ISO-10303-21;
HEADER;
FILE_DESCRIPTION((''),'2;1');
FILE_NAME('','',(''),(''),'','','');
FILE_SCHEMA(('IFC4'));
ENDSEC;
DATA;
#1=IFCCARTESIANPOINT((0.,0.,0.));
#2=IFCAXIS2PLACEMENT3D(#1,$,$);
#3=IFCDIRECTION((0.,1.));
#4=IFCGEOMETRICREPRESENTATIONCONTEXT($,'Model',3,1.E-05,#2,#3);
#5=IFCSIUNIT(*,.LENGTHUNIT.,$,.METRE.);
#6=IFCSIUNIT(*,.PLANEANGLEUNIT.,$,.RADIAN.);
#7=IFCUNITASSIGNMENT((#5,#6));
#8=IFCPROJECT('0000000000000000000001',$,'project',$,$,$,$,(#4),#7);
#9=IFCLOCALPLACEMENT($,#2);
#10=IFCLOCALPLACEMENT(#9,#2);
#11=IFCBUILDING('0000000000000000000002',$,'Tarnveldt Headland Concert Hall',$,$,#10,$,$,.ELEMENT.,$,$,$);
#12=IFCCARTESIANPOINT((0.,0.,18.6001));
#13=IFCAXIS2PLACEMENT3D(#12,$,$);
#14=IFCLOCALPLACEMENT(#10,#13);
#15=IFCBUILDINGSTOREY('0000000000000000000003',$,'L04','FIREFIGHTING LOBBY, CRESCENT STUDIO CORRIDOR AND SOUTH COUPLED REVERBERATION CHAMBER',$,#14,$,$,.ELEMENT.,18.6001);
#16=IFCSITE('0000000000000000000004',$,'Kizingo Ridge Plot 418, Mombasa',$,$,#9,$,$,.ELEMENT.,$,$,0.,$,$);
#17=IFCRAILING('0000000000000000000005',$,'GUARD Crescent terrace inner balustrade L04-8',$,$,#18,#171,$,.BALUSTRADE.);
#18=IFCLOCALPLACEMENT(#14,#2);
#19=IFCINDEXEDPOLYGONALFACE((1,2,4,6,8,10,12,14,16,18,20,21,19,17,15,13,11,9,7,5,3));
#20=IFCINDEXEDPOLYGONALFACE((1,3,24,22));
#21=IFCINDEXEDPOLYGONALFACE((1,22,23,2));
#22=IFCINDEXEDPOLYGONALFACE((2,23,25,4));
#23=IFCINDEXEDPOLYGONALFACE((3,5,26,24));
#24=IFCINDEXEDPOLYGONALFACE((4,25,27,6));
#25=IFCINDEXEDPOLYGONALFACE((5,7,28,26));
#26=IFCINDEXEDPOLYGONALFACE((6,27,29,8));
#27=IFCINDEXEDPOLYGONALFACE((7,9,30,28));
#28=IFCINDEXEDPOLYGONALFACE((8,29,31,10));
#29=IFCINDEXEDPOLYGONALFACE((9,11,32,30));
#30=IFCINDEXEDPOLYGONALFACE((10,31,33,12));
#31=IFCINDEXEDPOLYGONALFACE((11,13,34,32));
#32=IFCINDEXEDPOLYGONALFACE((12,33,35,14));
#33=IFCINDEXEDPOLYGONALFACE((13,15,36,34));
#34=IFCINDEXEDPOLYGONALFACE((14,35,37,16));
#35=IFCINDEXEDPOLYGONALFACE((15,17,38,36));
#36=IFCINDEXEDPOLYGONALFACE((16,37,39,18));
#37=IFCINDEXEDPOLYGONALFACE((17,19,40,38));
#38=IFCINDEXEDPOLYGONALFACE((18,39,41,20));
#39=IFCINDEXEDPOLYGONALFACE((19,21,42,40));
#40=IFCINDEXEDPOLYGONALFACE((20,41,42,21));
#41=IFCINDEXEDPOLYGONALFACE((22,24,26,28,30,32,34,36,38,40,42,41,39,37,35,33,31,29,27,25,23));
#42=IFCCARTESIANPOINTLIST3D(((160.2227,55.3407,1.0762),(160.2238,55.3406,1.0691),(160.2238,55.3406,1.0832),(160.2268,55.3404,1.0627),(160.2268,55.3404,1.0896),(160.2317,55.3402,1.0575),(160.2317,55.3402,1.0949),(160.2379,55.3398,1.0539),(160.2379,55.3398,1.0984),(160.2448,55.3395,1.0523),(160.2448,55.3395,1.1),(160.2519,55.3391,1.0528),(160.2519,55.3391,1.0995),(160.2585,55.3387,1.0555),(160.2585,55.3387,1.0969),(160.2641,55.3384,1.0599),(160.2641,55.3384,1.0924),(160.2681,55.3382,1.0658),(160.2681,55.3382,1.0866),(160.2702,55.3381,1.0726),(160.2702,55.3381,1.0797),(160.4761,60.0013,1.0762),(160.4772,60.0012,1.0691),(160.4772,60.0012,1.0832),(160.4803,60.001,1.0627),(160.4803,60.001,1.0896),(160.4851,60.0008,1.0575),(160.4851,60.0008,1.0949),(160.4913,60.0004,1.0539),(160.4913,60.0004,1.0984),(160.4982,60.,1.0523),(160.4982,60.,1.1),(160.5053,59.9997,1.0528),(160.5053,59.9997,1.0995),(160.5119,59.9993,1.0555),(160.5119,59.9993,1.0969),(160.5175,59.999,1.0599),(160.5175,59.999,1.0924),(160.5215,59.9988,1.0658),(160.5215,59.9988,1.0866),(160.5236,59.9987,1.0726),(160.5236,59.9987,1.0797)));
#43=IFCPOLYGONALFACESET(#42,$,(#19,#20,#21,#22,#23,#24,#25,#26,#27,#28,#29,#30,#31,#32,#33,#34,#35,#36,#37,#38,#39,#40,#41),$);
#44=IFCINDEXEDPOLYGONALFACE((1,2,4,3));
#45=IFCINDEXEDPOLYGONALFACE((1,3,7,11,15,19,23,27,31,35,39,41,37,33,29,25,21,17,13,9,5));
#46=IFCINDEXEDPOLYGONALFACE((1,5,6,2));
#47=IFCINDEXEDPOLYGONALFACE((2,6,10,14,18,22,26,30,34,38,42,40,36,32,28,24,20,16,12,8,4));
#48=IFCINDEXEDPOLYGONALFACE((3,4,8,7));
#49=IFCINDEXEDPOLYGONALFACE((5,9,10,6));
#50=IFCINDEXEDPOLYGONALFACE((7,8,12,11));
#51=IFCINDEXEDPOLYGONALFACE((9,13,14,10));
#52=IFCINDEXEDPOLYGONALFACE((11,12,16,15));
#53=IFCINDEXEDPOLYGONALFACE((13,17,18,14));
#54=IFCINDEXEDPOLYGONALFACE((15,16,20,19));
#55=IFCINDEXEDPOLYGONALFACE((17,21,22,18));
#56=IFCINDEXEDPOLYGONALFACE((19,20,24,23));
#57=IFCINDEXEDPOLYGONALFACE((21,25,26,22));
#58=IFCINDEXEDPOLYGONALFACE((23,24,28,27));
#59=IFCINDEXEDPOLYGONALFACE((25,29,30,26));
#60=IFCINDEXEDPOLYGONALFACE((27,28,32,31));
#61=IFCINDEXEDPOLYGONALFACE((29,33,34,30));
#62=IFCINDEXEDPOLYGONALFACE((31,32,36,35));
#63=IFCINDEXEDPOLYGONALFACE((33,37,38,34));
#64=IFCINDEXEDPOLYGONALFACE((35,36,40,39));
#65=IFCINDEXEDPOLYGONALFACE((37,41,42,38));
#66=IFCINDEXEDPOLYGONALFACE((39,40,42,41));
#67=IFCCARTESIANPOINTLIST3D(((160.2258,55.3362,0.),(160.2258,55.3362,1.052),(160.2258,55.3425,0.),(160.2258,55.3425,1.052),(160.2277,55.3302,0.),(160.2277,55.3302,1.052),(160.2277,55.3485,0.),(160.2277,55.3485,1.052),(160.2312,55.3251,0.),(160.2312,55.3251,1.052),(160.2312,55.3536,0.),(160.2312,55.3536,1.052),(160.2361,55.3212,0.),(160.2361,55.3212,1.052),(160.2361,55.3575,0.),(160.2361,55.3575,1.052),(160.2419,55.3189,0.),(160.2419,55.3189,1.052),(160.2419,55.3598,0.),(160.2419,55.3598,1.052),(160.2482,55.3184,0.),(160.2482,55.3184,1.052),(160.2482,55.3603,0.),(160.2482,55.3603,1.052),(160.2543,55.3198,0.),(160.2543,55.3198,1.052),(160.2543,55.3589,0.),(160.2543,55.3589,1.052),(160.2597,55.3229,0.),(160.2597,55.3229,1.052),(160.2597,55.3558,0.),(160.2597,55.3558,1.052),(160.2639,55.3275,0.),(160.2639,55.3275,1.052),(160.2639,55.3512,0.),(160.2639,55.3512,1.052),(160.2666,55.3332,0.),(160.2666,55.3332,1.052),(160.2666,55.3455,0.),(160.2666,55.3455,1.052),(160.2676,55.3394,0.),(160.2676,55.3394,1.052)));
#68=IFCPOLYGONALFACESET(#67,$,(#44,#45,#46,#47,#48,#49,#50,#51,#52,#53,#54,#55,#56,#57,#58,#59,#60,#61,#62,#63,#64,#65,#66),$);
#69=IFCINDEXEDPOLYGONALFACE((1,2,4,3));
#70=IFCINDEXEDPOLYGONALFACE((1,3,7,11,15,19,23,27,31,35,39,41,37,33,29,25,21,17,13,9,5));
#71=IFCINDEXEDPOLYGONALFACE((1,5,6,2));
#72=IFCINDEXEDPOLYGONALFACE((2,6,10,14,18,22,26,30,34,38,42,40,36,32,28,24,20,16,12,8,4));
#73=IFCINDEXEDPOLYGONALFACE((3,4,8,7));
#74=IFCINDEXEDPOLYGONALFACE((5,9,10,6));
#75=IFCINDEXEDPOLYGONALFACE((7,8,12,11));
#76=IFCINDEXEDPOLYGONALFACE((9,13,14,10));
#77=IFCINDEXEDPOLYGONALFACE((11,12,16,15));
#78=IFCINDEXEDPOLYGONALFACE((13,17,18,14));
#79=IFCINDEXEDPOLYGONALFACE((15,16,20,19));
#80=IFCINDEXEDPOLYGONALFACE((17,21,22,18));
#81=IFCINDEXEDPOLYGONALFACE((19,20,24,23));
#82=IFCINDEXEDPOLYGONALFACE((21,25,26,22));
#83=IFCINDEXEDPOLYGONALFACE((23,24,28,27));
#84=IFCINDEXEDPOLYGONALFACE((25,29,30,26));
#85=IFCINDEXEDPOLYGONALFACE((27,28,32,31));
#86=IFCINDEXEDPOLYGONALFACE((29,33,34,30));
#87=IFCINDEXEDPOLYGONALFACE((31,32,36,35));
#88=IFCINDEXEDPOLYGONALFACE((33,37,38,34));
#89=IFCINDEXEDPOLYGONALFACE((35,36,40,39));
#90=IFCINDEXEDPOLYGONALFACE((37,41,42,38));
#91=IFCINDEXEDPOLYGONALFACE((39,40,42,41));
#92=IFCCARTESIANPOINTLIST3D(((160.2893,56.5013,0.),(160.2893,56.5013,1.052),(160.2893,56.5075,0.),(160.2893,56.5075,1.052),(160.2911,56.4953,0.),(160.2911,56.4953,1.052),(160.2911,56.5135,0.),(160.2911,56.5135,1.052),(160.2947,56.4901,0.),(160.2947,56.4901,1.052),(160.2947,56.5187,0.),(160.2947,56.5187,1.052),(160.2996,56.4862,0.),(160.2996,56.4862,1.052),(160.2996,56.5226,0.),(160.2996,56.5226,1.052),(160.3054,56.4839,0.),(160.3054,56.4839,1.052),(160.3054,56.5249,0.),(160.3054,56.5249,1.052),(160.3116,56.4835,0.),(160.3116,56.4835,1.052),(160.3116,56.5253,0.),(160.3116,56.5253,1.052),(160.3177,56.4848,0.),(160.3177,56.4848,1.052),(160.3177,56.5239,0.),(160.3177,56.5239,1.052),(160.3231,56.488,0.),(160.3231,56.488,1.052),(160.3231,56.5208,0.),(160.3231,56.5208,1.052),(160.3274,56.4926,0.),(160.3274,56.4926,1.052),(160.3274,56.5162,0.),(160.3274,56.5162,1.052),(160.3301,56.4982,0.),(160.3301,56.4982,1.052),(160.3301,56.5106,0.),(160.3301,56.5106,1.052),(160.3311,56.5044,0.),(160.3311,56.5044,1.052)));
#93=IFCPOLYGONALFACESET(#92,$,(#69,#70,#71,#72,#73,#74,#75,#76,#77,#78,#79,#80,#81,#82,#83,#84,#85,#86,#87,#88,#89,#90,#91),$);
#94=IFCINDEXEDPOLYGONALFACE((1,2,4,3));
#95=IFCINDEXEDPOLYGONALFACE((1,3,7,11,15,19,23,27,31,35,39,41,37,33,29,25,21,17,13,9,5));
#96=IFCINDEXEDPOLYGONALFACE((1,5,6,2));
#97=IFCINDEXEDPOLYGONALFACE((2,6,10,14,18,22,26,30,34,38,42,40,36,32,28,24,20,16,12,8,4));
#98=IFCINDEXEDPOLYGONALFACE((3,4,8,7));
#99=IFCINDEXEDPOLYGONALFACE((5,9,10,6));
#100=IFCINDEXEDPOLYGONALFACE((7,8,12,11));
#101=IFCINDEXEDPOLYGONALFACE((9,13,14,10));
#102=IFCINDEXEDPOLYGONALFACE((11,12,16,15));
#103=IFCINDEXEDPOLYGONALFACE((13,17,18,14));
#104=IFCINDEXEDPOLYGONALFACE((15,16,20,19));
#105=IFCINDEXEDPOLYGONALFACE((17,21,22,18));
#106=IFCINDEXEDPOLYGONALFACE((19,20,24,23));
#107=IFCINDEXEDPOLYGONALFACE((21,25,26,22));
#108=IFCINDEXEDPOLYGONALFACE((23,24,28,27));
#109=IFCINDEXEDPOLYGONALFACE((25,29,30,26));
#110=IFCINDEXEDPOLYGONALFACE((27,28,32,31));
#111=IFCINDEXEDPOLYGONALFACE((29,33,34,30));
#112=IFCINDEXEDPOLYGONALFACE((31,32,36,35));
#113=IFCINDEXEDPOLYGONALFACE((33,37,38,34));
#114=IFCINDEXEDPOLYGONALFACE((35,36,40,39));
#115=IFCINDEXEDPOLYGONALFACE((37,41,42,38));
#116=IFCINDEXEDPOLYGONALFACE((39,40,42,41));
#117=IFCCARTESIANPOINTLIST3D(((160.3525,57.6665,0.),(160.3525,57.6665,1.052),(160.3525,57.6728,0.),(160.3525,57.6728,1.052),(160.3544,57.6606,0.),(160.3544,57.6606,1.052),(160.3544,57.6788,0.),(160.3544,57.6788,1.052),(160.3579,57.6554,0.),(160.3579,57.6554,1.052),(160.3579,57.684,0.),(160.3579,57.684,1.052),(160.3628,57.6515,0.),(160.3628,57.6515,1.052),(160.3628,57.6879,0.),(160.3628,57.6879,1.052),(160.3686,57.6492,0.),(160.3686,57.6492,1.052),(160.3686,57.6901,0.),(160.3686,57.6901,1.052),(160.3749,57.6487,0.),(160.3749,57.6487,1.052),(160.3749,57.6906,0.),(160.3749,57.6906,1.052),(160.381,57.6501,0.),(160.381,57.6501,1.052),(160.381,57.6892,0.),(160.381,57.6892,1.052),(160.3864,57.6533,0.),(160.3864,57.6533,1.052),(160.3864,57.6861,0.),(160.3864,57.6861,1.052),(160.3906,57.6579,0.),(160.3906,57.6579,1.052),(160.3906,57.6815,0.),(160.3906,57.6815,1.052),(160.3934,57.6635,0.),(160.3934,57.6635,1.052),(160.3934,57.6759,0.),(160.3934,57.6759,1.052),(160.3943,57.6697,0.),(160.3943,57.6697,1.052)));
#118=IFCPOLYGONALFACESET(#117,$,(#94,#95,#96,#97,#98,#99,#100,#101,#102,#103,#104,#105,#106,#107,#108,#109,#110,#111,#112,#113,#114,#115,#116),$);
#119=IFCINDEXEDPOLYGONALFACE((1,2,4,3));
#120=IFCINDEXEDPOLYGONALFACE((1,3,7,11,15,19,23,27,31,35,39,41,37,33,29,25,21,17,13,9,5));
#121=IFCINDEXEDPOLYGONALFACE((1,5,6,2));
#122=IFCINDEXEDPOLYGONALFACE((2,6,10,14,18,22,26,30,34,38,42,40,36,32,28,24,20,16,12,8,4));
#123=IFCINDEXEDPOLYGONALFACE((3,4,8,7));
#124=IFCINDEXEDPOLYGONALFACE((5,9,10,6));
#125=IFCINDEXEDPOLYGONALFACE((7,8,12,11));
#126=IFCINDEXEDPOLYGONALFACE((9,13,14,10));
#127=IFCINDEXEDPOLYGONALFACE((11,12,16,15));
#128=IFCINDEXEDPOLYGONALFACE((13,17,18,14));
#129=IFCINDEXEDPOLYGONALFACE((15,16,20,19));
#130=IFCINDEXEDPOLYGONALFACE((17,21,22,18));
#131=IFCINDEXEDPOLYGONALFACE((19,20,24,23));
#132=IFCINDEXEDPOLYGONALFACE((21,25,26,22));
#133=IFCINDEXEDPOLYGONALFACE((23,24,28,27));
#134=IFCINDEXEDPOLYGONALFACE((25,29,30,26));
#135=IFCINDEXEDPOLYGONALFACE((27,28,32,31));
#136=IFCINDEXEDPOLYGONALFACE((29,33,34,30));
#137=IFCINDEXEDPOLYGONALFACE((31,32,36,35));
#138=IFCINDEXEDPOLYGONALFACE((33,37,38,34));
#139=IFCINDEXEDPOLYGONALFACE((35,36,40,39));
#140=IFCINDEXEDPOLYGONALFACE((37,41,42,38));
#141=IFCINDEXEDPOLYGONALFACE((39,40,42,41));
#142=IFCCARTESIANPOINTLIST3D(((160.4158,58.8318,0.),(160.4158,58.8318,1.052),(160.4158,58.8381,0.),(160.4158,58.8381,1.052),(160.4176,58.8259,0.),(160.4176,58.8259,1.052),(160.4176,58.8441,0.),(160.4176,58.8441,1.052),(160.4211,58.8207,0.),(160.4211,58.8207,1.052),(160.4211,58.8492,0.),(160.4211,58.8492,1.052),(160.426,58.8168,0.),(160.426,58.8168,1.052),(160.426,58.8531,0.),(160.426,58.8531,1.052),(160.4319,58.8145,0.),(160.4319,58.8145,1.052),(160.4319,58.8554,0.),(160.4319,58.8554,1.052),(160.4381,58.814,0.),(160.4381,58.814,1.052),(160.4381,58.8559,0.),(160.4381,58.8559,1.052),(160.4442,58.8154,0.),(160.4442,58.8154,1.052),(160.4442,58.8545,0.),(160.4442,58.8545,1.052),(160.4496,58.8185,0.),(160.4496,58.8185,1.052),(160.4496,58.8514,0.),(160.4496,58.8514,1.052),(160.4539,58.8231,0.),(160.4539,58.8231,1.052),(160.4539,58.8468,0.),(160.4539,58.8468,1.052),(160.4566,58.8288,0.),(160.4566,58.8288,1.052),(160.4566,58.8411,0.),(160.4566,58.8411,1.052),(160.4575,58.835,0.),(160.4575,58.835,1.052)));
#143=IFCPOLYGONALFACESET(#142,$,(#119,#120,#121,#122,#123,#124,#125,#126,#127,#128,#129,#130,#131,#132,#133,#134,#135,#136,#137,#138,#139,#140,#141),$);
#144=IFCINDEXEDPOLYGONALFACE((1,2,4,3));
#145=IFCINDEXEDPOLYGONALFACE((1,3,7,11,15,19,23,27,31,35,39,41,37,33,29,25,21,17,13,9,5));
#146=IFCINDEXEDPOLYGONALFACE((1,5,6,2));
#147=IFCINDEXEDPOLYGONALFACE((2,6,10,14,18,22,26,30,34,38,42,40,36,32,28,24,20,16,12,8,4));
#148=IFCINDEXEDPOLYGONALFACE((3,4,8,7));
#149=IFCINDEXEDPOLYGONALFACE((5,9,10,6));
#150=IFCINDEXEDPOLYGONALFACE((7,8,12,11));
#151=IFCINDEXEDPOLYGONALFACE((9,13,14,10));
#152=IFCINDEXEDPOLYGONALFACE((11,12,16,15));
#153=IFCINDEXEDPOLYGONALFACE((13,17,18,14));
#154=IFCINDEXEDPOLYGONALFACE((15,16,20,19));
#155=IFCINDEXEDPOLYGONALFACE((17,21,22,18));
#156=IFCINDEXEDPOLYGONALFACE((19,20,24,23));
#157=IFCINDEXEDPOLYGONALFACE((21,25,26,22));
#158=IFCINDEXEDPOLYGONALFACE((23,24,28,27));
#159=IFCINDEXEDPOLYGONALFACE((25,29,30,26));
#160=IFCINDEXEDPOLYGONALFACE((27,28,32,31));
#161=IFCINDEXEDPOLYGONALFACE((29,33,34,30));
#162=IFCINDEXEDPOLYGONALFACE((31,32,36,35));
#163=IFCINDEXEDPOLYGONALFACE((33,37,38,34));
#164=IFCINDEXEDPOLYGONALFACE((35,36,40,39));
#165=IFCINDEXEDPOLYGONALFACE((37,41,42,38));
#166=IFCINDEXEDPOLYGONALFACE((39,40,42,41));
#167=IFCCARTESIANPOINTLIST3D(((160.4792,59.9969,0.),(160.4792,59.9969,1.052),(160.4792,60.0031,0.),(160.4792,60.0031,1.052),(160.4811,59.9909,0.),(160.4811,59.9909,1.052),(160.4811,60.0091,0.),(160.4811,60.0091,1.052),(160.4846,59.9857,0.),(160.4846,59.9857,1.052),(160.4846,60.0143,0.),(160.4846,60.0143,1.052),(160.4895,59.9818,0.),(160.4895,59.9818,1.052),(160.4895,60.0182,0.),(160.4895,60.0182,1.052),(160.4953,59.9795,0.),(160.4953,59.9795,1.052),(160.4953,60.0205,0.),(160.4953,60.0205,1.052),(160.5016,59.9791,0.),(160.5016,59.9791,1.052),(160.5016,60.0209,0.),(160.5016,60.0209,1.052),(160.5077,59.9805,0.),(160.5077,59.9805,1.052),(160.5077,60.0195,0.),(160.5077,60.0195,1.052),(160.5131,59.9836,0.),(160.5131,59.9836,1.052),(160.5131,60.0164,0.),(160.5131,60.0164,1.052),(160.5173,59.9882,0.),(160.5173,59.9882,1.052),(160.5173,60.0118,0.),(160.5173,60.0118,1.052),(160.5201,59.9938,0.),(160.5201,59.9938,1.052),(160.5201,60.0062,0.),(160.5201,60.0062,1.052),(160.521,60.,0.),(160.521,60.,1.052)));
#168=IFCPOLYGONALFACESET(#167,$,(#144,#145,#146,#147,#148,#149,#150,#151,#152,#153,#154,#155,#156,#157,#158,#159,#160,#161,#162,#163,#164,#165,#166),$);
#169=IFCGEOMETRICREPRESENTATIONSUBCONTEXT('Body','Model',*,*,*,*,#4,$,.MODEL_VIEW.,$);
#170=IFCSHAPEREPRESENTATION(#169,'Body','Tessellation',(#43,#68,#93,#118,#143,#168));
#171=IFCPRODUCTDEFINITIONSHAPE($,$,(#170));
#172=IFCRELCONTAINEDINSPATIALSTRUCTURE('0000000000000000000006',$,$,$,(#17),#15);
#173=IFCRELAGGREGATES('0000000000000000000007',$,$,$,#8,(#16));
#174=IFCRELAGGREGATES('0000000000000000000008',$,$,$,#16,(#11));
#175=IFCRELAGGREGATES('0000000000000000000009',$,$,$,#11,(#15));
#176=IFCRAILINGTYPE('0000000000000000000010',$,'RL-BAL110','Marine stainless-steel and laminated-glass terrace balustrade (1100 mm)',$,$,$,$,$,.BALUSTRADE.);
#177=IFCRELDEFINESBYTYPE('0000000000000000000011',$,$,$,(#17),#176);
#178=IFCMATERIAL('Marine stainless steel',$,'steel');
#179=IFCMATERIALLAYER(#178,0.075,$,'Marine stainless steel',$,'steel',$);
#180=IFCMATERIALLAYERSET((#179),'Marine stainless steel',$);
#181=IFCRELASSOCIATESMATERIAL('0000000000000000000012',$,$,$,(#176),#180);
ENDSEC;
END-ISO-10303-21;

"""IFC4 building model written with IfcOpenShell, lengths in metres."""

from ifc_helpers import new_model, si_unit, direction, frame, origin, origin_2d, place, context, subcontext, project, spatial, circle, extrude, material, layer, layer_set, type_object, element, save


model = new_model("IFC4")

# Units and contexts
model_context = context("Model", 3, precision=1e-05, world=origin(), true_north=direction((0.0, 1.0)))
body_context = subcontext(model_context, "Body", "Model", "MODEL_VIEW")
ifc_project = project(units=[si_unit("LENGTHUNIT", "METRE"), si_unit("PLANEANGLEUNIT", "RADIAN")], contexts=[model_context])

# Site, building, storey
site_placement = place(None, origin())
site = spatial("IfcSite", under=ifc_project, at=site_placement, Name="Kizingo Ridge Plot 418, Mombasa", CompositionType="ELEMENT", RefElevation=0.0)
building_placement = place(site_placement, origin())
building = spatial("IfcBuilding", under=site, at=building_placement, Name="Tarnveldt Headland Concert Hall", CompositionType="ELEMENT")
storey_placement = place(building_placement, frame((0.0, 0.0, 18.6001)))
storey = spatial("IfcBuildingStorey", under=building, at=storey_placement, Name="L04", Description="FIREFIGHTING LOBBY, CRESCENT STUDIO CORRIDOR AND SOUTH COUPLED REVERBERATION CHAMBER", CompositionType="ELEMENT", Elevation=18.6001)

# Railing
ifc_material_1 = material(Name="Marine stainless steel", Category="steel")
ifc_layer_1 = layer(ifc_material_1, 0.075, Name="Marine stainless steel", Category="steel")
ifc_layer_set_1 = layer_set([ifc_layer_1], Name="Marine stainless steel")
railing_type = type_object("IfcRailingType", Name="RL-BAL110", Description="Marine stainless-steel and laminated-glass terrace balustrade (1100 mm)", PredefinedType="BALUSTRADE", material=ifc_layer_set_1)
railing_1_placement = place(storey_placement, frame((160.2466, 55.3394, 0.0)))
element("IfcRailing", 1, at=railing_1_placement, inside=storey, type_object=railing_type, Name="GUARD Crescent terrace inner balustrade L04-8", PredefinedType="BALUSTRADE", context=body_context, shape_type="SweptSolid", body=[
    extrude(circle(Radius=0.0239, at=origin_2d()), frame((0.0, 0.0, 1.0762), z_axis=(0.054294, 0.998525, 0.0), x_axis=(-0.998525, 0.054294, 0.0)), (0.0, 0.0, 1.0), 4.6675),
    extrude(circle(Radius=0.021, at=origin_2d()), origin(), (0.0, 0.0, 1.0), 1.052),
    extrude(circle(Radius=0.021, at=origin_2d()), frame((0.0635, 1.165, 0.0)), (0.0, 0.0, 1.0), 1.052),
    extrude(circle(Radius=0.021, at=origin_2d()), frame((0.1267, 2.3303, 0.0)), (0.0, 0.0, 1.0), 1.052),
    extrude(circle(Radius=0.021, at=origin_2d()), frame((0.1899, 3.4956, 0.0)), (0.0, 0.0, 1.0), 1.052),
    extrude(circle(Radius=0.021, at=origin_2d()), frame((0.2534, 4.6606, 0.0)), (0.0, 0.0, 1.0), 1.052),
])

save(model, "model.ifc")
